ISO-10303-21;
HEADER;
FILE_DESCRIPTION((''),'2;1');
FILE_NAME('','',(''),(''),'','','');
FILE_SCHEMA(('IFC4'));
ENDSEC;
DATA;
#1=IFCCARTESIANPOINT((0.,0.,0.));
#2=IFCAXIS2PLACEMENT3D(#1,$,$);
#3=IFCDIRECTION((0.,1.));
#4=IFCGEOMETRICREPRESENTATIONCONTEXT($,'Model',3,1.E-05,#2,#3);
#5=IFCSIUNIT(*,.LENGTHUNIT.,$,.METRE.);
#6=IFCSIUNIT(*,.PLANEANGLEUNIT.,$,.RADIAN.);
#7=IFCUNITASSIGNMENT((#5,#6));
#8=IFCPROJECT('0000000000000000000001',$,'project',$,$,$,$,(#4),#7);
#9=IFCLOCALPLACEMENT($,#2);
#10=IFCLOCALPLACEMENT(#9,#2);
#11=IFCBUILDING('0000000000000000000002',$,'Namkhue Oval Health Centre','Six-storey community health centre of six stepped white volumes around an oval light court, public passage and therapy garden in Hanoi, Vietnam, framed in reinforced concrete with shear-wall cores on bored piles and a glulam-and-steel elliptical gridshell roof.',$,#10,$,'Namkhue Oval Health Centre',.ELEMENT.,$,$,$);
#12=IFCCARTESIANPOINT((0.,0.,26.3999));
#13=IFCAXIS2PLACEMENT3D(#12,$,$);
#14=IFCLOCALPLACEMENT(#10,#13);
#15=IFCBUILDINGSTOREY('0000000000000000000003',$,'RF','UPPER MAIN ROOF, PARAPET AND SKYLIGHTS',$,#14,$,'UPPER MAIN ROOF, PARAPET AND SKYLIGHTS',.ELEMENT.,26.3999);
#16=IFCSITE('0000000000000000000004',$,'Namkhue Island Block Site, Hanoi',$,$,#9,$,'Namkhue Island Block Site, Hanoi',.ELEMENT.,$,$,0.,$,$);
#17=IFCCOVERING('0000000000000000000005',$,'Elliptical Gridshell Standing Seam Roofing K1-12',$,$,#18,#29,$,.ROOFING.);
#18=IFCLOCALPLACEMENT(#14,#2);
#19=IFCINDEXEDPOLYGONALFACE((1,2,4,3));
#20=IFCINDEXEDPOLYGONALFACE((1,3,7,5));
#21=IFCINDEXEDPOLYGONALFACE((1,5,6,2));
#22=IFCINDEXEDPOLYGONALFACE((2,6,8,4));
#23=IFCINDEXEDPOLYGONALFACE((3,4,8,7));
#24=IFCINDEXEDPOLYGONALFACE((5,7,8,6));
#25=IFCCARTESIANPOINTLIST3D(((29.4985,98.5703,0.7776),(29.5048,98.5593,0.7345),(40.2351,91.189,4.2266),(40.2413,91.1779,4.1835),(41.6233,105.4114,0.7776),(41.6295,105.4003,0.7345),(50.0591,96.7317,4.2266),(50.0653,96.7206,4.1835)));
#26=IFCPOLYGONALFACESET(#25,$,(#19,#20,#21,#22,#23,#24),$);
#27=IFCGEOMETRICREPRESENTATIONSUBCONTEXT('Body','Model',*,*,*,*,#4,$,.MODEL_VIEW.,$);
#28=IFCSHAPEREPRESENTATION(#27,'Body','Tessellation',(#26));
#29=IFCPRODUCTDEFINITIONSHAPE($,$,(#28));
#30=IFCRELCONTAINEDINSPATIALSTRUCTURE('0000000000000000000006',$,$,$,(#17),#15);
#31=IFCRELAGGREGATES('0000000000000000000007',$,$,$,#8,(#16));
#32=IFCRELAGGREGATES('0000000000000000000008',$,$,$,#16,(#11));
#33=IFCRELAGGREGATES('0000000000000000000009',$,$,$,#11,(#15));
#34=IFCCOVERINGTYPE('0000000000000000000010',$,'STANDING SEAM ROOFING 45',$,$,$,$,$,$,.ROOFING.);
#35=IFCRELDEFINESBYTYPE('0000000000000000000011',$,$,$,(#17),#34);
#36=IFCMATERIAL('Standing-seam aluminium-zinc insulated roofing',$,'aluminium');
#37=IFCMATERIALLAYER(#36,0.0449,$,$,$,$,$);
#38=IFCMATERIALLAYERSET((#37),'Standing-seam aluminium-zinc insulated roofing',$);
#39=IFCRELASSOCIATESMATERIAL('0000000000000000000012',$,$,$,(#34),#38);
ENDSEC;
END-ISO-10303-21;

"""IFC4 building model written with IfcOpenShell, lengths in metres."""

from ifc_helpers import new_model, si_unit, direction, frame, origin, place, context, subcontext, project, spatial, polyline, outline, extrude, material, layer, layer_set, type_object, element, save


model = new_model("IFC4")

# Units and contexts
model_context = context("Model", 3, precision=1e-05, world=origin(), true_north=direction((0.0, 1.0)))
body_context = subcontext(model_context, "Body", "Model", "MODEL_VIEW")
ifc_project = project(units=[si_unit("LENGTHUNIT", "METRE"), si_unit("PLANEANGLEUNIT", "RADIAN")], contexts=[model_context])

# Site, building, storey
site_placement = place(None, origin())
site = spatial("IfcSite", under=ifc_project, at=site_placement, Name="Namkhue Island Block Site, Hanoi", LongName="Namkhue Island Block Site, Hanoi", CompositionType="ELEMENT", RefElevation=0.0)
building_placement = place(site_placement, origin())
building = spatial("IfcBuilding", under=site, at=building_placement, Name="Namkhue Oval Health Centre", Description="Six-storey community health centre of six stepped white volumes around an oval light court, public passage and therapy garden in Hanoi, Vietnam, framed in reinforced concrete with shear-wall cores on bored piles and a glulam-and-steel elliptical gridshell roof.", LongName="Namkhue Oval Health Centre", CompositionType="ELEMENT")
storey_placement = place(building_placement, frame((0.0, 0.0, 26.3999)))
storey = spatial("IfcBuildingStorey", under=building, at=storey_placement, Name="RF", Description="UPPER MAIN ROOF, PARAPET AND SKYLIGHTS", LongName="UPPER MAIN ROOF, PARAPET AND SKYLIGHTS", CompositionType="ELEMENT", Elevation=26.3999)

# Covering
ifc_material_1 = material(Name="Standing-seam aluminium-zinc insulated roofing", Category="aluminium")
ifc_layer_1 = layer(ifc_material_1, 0.0449)
ifc_layer_set_1 = layer_set([ifc_layer_1], Name="Standing-seam aluminium-zinc insulated roofing")
covering_type_1 = type_object("IfcCoveringType", Name="STANDING SEAM ROOFING 45", PredefinedType="ROOFING", material=ifc_layer_set_1)
covering_1_placement = place(storey_placement, frame((41.6233, 105.4114, 0.7776), z_axis=(-0.138893, 0.246171, 0.959223), x_axis=(-0.870934, -0.4914, 0.000002)))
element("IfcCovering", 1, at=covering_1_placement, inside=storey, type_object=covering_type_1, Name="Elliptical Gridshell Standing Seam Roofing K1-12", PredefinedType="ROOFING", context=body_context, shape_type="SweptSolid", body=[
    extrude(outline(polyline([(0.0, 0.0), (13.9216, 0.0), (8.1979, 12.2022), (-3.0818, 12.2024), (0.0, 0.0)])), origin(), (0.0, 0.0, -1.0), 0.0449),
])

save(model, "model.ifc")
